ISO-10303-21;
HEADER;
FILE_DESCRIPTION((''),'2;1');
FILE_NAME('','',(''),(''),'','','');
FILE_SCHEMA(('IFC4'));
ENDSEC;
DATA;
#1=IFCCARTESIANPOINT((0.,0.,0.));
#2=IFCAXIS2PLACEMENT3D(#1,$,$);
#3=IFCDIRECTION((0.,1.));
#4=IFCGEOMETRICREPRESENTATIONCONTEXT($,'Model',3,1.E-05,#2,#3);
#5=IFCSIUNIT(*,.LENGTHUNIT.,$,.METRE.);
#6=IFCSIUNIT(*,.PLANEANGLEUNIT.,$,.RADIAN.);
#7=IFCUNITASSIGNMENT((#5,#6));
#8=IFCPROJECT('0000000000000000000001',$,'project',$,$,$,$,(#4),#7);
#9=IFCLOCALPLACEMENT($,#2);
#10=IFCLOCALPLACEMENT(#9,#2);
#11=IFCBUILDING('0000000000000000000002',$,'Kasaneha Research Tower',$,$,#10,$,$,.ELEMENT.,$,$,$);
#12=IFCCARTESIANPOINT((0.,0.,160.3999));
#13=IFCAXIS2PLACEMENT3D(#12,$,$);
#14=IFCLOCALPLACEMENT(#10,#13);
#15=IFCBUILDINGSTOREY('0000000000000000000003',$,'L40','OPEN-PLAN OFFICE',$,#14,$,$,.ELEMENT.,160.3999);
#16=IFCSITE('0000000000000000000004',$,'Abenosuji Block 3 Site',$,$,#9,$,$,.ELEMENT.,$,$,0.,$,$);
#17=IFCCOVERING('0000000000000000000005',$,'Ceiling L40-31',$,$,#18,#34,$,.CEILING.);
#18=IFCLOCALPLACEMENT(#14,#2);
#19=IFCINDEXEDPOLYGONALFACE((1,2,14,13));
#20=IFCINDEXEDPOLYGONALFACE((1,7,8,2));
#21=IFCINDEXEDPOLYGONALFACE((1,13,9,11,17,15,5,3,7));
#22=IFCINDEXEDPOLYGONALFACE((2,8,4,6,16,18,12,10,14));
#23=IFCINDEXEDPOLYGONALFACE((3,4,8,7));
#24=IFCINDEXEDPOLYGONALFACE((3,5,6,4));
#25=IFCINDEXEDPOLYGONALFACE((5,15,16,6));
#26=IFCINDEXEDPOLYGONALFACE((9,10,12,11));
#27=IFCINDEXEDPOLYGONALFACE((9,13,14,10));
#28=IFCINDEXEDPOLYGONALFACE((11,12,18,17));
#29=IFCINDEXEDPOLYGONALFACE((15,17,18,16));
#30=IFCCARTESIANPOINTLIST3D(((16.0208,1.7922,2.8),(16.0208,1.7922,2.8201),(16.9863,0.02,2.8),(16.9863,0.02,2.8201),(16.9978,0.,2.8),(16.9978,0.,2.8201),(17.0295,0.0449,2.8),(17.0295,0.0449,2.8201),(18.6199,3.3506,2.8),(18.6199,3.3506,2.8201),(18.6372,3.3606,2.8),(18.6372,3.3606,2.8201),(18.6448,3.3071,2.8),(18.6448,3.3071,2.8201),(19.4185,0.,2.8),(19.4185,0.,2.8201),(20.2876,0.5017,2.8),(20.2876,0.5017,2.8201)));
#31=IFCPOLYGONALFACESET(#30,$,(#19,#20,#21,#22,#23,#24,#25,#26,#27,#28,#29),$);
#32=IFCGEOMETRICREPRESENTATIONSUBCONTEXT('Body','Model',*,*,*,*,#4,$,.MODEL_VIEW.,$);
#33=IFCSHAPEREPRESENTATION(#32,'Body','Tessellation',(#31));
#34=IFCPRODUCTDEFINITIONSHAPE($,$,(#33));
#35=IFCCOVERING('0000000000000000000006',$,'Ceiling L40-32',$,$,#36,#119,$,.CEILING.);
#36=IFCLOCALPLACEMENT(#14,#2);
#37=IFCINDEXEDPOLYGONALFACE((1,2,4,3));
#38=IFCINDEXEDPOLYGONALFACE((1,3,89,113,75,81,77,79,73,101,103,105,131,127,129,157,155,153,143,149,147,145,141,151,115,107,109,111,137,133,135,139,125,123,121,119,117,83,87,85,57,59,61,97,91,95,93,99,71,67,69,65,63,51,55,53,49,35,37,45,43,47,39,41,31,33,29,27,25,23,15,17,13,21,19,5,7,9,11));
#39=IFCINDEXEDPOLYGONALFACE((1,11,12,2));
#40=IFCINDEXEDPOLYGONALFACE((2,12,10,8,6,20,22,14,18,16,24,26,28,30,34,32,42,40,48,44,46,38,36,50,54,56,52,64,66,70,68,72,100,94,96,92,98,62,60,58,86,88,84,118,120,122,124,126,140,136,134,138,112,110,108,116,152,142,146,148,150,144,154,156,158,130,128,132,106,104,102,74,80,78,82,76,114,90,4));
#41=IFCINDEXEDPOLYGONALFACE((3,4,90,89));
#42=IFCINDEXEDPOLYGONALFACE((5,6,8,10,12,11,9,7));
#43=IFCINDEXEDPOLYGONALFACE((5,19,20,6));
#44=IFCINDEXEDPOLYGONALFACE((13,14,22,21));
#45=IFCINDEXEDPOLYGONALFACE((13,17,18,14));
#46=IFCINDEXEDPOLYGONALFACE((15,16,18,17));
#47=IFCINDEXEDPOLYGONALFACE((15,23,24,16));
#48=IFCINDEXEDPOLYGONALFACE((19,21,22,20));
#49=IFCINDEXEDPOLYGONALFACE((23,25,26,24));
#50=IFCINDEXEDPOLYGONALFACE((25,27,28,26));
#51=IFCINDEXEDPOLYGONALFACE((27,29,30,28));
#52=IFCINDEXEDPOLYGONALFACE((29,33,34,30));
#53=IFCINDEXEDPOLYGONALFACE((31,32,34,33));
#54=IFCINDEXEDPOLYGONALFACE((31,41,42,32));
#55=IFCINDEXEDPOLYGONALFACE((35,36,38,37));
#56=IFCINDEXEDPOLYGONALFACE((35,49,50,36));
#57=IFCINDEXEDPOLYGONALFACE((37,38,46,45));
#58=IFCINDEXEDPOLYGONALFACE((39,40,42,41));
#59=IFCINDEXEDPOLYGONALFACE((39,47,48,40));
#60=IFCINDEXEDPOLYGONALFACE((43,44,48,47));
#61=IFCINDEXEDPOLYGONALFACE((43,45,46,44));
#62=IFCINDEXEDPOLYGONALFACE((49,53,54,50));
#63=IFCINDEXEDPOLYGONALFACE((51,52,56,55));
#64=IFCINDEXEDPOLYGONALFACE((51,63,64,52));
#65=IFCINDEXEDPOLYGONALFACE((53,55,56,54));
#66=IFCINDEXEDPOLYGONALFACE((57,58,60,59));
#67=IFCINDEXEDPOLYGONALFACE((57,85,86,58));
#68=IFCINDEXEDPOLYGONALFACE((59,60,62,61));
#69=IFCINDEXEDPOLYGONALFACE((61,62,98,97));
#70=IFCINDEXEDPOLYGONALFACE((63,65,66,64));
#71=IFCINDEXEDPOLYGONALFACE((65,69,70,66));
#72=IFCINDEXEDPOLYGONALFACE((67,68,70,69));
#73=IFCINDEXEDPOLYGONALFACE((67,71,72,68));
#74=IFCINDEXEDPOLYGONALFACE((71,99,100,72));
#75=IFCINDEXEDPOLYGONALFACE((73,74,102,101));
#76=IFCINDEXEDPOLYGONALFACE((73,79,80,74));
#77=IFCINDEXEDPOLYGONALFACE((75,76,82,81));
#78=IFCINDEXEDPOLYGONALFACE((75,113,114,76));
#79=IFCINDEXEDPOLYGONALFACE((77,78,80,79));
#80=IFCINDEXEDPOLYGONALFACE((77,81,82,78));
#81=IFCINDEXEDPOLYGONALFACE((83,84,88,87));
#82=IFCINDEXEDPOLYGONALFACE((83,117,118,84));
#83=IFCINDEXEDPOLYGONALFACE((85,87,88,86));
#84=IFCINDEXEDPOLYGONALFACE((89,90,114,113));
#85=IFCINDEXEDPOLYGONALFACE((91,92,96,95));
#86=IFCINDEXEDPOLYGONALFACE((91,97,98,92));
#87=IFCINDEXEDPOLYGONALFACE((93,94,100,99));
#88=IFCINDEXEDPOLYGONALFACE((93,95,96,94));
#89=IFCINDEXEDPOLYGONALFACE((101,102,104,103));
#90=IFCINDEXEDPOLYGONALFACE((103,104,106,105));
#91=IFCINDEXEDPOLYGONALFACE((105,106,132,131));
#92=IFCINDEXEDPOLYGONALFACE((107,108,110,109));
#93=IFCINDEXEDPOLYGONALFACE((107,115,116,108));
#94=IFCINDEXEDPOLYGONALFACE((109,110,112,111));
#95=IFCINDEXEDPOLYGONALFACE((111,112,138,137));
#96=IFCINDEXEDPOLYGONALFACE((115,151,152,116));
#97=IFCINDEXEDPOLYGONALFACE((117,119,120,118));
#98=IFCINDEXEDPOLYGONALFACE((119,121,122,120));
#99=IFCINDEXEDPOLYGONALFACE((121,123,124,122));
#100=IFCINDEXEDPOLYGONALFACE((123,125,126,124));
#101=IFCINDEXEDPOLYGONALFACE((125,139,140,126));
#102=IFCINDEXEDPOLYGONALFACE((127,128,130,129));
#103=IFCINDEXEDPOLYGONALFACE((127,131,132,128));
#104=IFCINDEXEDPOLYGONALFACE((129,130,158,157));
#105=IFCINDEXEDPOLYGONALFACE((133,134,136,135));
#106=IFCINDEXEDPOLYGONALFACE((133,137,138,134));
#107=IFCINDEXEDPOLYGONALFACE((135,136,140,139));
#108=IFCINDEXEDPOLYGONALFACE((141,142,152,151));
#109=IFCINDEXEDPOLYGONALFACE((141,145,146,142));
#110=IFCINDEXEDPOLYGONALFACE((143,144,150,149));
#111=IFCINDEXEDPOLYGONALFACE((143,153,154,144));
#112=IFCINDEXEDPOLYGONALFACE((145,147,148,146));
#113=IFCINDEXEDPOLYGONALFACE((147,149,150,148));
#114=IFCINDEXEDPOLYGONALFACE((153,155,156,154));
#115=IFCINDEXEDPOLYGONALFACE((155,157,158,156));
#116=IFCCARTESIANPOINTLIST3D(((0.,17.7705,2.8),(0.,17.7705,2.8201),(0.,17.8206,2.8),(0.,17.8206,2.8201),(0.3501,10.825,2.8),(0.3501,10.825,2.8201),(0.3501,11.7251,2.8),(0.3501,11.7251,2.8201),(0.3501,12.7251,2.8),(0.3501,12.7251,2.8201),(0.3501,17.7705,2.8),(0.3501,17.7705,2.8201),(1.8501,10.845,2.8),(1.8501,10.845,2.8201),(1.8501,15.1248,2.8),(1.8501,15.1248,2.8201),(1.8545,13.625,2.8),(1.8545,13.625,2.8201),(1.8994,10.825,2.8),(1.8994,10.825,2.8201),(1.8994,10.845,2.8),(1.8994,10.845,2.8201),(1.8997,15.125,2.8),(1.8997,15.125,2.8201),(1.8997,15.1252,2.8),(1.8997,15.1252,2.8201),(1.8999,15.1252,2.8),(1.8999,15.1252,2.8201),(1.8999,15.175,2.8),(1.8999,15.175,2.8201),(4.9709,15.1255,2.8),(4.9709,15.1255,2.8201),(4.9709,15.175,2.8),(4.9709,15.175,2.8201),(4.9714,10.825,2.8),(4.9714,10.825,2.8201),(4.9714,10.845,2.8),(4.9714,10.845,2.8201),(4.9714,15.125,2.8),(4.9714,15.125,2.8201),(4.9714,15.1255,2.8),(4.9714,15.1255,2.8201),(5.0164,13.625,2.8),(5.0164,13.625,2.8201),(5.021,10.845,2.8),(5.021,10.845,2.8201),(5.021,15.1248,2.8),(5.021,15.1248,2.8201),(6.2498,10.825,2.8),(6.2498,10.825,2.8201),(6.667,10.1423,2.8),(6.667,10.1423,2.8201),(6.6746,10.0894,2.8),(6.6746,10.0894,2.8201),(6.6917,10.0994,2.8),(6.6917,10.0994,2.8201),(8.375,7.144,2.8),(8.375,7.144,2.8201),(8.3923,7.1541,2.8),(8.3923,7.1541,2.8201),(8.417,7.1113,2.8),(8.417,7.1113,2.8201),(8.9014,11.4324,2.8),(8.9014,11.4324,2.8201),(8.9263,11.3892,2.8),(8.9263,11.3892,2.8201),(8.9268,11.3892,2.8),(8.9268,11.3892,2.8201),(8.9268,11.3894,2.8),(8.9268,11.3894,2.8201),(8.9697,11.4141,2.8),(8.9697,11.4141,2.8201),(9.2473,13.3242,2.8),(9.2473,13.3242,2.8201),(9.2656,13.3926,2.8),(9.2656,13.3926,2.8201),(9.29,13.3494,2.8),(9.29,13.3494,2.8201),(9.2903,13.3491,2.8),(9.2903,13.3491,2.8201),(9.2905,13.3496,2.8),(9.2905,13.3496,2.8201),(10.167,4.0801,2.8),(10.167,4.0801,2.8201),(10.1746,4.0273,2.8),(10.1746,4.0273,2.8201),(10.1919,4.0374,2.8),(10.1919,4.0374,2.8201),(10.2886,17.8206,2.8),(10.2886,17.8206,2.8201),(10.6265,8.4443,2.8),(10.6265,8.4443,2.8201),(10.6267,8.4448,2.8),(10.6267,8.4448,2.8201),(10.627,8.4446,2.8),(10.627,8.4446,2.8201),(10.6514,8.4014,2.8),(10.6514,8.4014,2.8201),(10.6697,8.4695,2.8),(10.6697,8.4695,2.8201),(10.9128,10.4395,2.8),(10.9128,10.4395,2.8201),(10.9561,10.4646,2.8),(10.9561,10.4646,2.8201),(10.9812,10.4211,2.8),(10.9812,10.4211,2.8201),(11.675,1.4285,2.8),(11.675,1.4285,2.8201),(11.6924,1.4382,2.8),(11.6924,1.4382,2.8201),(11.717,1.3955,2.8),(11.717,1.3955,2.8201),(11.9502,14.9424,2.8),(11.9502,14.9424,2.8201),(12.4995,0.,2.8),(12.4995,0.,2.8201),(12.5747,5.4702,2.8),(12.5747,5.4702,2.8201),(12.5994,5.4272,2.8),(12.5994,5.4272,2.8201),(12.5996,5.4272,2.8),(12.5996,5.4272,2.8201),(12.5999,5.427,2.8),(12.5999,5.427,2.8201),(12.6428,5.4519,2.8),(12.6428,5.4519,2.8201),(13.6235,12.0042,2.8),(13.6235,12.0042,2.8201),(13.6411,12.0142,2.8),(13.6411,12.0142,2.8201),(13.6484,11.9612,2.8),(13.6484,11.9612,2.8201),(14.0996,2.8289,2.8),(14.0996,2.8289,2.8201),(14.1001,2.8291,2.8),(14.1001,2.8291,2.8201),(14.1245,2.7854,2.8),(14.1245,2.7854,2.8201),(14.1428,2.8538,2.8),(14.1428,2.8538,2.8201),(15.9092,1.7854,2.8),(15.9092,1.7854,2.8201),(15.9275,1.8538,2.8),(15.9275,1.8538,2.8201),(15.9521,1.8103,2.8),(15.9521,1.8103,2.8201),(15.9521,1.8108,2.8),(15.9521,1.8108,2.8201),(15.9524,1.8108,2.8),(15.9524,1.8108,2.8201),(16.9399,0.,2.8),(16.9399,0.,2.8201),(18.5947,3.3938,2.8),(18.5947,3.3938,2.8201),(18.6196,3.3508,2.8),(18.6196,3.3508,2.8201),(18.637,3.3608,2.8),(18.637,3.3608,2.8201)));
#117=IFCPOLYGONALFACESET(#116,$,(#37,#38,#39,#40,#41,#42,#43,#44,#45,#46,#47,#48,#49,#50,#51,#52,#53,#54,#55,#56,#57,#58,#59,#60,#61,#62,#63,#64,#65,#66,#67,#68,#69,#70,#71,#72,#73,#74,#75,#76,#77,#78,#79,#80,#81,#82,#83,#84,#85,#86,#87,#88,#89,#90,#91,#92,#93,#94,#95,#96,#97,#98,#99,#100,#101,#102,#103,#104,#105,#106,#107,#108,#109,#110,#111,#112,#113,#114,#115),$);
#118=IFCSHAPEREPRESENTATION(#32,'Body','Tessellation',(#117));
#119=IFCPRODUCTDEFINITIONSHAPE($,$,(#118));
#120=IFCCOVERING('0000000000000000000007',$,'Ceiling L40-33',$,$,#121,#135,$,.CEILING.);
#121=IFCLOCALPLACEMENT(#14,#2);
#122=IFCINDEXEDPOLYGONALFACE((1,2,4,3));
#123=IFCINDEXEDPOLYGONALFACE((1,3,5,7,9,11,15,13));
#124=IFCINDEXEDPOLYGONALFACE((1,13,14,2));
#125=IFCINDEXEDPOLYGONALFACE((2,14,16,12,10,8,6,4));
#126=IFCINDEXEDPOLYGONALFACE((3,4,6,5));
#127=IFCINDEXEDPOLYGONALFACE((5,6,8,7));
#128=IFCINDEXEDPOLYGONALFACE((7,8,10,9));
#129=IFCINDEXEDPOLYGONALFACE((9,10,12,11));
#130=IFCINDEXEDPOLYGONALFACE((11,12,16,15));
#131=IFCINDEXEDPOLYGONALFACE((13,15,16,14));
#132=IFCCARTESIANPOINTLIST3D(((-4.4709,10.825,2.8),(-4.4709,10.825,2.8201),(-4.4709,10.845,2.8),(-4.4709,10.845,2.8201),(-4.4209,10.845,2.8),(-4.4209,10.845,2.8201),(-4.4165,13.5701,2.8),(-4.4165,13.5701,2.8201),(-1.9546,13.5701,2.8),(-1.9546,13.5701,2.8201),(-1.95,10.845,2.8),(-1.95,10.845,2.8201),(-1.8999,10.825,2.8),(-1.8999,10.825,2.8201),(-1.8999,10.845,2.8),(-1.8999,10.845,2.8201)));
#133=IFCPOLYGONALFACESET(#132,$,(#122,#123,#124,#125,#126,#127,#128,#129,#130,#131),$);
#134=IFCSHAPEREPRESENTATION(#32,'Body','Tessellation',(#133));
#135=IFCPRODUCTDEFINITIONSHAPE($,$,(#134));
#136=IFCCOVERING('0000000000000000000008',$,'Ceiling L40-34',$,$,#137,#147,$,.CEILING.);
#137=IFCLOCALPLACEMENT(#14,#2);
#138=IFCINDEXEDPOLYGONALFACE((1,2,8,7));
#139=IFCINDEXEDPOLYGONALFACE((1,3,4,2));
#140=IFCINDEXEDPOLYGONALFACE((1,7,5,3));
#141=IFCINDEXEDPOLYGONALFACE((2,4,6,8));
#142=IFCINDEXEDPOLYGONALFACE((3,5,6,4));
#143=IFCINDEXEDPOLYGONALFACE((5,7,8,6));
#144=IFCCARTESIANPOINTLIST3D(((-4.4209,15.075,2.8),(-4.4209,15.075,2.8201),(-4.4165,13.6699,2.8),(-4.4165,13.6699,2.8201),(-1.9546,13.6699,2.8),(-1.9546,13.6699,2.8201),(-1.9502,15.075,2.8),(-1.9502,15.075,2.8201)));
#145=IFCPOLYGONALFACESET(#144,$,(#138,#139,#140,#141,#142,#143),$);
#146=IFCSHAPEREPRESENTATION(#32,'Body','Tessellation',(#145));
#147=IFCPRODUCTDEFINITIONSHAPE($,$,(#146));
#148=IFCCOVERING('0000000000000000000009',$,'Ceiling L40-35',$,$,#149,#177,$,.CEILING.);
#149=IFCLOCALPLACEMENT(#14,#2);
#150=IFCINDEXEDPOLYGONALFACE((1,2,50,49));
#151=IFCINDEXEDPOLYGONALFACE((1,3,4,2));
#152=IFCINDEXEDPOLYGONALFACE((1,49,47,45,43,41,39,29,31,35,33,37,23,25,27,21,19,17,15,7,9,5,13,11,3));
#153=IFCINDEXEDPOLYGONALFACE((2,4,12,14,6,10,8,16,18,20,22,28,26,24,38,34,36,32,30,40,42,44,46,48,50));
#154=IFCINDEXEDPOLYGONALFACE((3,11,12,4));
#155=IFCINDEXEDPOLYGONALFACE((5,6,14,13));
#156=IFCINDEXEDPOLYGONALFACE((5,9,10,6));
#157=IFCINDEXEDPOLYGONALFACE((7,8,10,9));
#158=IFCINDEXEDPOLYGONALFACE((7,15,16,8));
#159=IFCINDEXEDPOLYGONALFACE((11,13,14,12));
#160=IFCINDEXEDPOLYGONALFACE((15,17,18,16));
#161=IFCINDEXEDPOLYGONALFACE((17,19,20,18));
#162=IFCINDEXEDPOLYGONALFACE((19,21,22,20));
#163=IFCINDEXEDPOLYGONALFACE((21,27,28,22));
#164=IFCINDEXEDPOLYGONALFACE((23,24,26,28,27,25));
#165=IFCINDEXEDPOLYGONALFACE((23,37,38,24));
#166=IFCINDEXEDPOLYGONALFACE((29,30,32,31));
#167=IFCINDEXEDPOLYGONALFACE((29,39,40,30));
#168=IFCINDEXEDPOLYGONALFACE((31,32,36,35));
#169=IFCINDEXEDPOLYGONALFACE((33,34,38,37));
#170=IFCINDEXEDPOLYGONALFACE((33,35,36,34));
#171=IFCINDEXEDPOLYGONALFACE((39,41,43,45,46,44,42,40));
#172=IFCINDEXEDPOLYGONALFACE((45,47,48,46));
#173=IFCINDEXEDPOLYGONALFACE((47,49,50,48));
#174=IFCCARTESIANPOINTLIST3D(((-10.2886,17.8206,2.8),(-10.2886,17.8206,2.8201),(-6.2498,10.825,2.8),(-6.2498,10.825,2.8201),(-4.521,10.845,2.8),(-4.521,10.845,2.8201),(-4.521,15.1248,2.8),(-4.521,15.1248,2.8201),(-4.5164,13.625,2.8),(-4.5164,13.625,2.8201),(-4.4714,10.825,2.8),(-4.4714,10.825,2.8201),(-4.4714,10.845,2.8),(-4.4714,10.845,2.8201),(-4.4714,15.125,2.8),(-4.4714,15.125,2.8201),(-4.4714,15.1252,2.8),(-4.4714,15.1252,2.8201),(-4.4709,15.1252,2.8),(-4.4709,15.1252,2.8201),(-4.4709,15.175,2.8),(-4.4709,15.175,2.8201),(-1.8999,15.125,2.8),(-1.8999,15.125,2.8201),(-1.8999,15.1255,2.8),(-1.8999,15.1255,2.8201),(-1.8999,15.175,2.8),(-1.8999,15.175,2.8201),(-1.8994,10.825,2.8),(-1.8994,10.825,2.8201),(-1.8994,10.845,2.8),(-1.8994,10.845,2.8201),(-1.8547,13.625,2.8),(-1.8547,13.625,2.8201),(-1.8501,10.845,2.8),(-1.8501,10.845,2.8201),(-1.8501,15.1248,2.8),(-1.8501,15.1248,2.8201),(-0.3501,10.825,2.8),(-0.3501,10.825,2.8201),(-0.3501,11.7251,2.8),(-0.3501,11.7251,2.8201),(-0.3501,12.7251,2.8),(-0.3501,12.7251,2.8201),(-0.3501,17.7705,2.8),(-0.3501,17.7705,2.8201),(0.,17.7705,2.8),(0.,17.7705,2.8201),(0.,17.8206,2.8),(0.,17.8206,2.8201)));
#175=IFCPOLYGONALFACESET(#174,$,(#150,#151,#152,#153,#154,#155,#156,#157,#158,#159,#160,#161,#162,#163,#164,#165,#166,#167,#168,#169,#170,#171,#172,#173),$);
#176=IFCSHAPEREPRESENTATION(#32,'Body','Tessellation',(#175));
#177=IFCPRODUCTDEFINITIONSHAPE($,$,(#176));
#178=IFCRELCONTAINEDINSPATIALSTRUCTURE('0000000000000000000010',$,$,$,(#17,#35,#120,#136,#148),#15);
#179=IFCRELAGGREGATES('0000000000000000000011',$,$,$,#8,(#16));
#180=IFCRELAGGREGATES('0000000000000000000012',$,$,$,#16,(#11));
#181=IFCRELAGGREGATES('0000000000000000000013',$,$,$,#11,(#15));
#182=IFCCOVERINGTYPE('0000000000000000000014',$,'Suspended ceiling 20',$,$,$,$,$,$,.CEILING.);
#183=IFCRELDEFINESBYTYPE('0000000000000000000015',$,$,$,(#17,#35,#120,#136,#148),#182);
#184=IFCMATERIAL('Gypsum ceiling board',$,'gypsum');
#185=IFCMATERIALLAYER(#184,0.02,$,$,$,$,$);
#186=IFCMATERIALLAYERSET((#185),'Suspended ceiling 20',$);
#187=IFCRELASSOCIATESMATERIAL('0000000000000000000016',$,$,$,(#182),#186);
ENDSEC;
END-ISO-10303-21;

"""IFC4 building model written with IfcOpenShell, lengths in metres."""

from ifc_helpers import new_model, si_unit, direction, frame, origin, place, context, subcontext, project, spatial, polyline, outline, extrude, material, layer, layer_set, type_object, element, save


model = new_model("IFC4")

# Units and contexts
model_context = context("Model", 3, precision=1e-05, world=origin(), true_north=direction((0.0, 1.0)))
body_context = subcontext(model_context, "Body", "Model", "MODEL_VIEW")
ifc_project = project(units=[si_unit("LENGTHUNIT", "METRE"), si_unit("PLANEANGLEUNIT", "RADIAN")], contexts=[model_context])

# Site, building, storey
site_placement = place(None, origin())
site = spatial("IfcSite", under=ifc_project, at=site_placement, Name="Abenosuji Block 3 Site", CompositionType="ELEMENT", RefElevation=0.0)
building_placement = place(site_placement, origin())
building = spatial("IfcBuilding", under=site, at=building_placement, Name="Kasaneha Research Tower", CompositionType="ELEMENT")
storey_placement = place(building_placement, frame((0.0, 0.0, 160.3999)))
storey = spatial("IfcBuildingStorey", under=building, at=storey_placement, Name="L40", Description="OPEN-PLAN OFFICE", CompositionType="ELEMENT", Elevation=160.3999)

# Coverings
ifc_material_1 = material(Name="Gypsum ceiling board", Category="gypsum")
ifc_layer_1 = layer(ifc_material_1, 0.02)
ifc_layer_set_1 = layer_set([ifc_layer_1], Name="Suspended ceiling 20")
covering_type_1 = type_object("IfcCoveringType", Name="Suspended ceiling 20", PredefinedType="CEILING", material=ifc_layer_set_1)
covering_1_placement = place(storey_placement, frame((0.0, 0.0, 2.8)))
element("IfcCovering", 1, at=covering_1_placement, inside=storey, type_object=covering_type_1, Name="Ceiling L40-31", PredefinedType="CEILING", context=body_context, shape_type="SweptSolid", body=[
    extrude(outline(polyline([(19.4185, 0.0), (16.9978, 0.0), (16.9863, 0.02), (17.0295, 0.0449), (16.0208, 1.7922), (18.6448, 3.3071), (18.6199, 3.3506), (18.6372, 3.3606), (20.2876, 0.5017), (19.4185, 0.0)])), origin(), (0.0, 0.0, 1.0), 0.02),
])
covering_2_placement = place(storey_placement, frame((0.0, 0.0, 2.8)))
element("IfcCovering", 2, at=covering_2_placement, inside=storey, type_object=covering_type_1, Name="Ceiling L40-32", PredefinedType="CEILING", context=body_context, shape_type="SweptSolid", body=[
    extrude(outline(polyline([(11.6924, 1.4382), (11.717, 1.3955), (14.1245, 2.7854), (14.0996, 2.8289), (14.1001, 2.8291), (14.1001, 2.8291), (14.1428, 2.8538), (12.6428, 5.4519), (12.5999, 5.427), (12.5996, 5.4272), (12.5994, 5.4272), (12.5747, 5.4702), (10.167, 4.0801), (10.1919, 4.0374), (10.1746, 4.0273), (8.375, 7.144), (8.3923, 7.1541), (8.417, 7.1113), (10.6514, 8.4014), (10.6265, 8.4443), (10.627, 8.4446), (10.6267, 8.4448), (10.6697, 8.4695), (8.9697, 11.4141), (8.9268, 11.3892), (8.9268, 11.3894), (8.9263, 11.3892), (8.9014, 11.4324), (6.667, 10.1423), (6.6917, 10.0994), (6.6746, 10.0894), (6.2498, 10.825), (4.9714, 10.825), (4.9714, 10.845), (5.021, 10.845), (5.0164, 13.625), (5.021, 15.1248), (4.9714, 15.125), (4.9714, 15.1255), (4.9709, 15.1255), (4.9709, 15.175), (1.8999, 15.175), (1.8999, 15.1252), (1.8997, 15.1252), (1.8997, 15.125), (1.8501, 15.1248), (1.8545, 13.625), (1.8501, 10.845), (1.8994, 10.845), (1.8994, 10.825), (0.3501, 10.825), (0.3501, 11.7251), (0.3501, 12.7251), (0.3501, 17.7705), (0.3501, 17.7705), (0.0, 17.7705), (0.0, 17.8206), (10.2886, 17.8206), (11.9502, 14.9424), (9.2656, 13.3926), (9.2905, 13.3496), (9.29, 13.3494), (9.2903, 13.3491), (9.2473, 13.3242), (10.9128, 10.4395), (10.9561, 10.4646), (10.9812, 10.4211), (13.6484, 11.9612), (13.6235, 12.0042), (13.6411, 12.0142), (18.637, 3.3608), (18.6196, 3.3508), (18.5947, 3.3938), (15.9275, 1.8538), (15.9524, 1.8108), (15.9521, 1.8108), (15.9521, 1.8103), (15.9092, 1.7854), (16.9399, 0.0), (12.4995, 0.0), (11.675, 1.4285), (11.6924, 1.4382)])), origin(), (0.0, 0.0, 1.0), 0.02),
])
covering_3_placement = place(storey_placement, frame((0.0, 0.0, 2.8)))
element("IfcCovering", 3, at=covering_3_placement, inside=storey, type_object=covering_type_1, Name="Ceiling L40-33", PredefinedType="CEILING", context=body_context, shape_type="SweptSolid", body=[
    extrude(outline(polyline([(-4.4709, 10.825), (-4.4709, 10.845), (-4.4209, 10.845), (-4.4165, 13.5701), (-1.9546, 13.5701), (-1.95, 10.845), (-1.8999, 10.845), (-1.8999, 10.825), (-4.4709, 10.825)])), origin(), (0.0, 0.0, 1.0), 0.02),
])
covering_4_placement = place(storey_placement, frame((0.0, 0.0, 2.8)))
element("IfcCovering", 4, at=covering_4_placement, inside=storey, type_object=covering_type_1, Name="Ceiling L40-34", PredefinedType="CEILING", context=body_context, shape_type="SweptSolid", body=[
    extrude(outline(polyline([(-1.9502, 15.075), (-1.9546, 13.6699), (-4.4165, 13.6699), (-4.4209, 15.075), (-1.9502, 15.075)])), origin(), (0.0, 0.0, 1.0), 0.02),
])
covering_5_placement = place(storey_placement, frame((0.0, 0.0, 2.8)))
element("IfcCovering", 5, at=covering_5_placement, inside=storey, type_object=covering_type_1, Name="Ceiling L40-35", PredefinedType="CEILING", context=body_context, shape_type="SweptSolid", body=[
    extrude(outline(polyline([(-0.3501, 11.7251), (-0.3501, 10.825), (-1.8994, 10.825), (-1.8994, 10.845), (-1.8501, 10.845), (-1.8547, 13.625), (-1.8501, 15.1248), (-1.8999, 15.125), (-1.8999, 15.1255), (-1.8999, 15.175), (-4.4709, 15.175), (-4.4709, 15.1252), (-4.4714, 15.1252), (-4.4714, 15.125), (-4.521, 15.1248), (-4.5164, 13.625), (-4.521, 10.845), (-4.4714, 10.845), (-4.4714, 10.825), (-6.2498, 10.825), (-10.2886, 17.8206), (0.0, 17.8206), (0.0, 17.7705), (-0.3501, 17.7705), (-0.3501, 17.7705), (-0.3501, 12.7251), (-0.3501, 11.7251)])), origin(), (0.0, 0.0, 1.0), 0.02),
])

save(model, "model.ifc")
